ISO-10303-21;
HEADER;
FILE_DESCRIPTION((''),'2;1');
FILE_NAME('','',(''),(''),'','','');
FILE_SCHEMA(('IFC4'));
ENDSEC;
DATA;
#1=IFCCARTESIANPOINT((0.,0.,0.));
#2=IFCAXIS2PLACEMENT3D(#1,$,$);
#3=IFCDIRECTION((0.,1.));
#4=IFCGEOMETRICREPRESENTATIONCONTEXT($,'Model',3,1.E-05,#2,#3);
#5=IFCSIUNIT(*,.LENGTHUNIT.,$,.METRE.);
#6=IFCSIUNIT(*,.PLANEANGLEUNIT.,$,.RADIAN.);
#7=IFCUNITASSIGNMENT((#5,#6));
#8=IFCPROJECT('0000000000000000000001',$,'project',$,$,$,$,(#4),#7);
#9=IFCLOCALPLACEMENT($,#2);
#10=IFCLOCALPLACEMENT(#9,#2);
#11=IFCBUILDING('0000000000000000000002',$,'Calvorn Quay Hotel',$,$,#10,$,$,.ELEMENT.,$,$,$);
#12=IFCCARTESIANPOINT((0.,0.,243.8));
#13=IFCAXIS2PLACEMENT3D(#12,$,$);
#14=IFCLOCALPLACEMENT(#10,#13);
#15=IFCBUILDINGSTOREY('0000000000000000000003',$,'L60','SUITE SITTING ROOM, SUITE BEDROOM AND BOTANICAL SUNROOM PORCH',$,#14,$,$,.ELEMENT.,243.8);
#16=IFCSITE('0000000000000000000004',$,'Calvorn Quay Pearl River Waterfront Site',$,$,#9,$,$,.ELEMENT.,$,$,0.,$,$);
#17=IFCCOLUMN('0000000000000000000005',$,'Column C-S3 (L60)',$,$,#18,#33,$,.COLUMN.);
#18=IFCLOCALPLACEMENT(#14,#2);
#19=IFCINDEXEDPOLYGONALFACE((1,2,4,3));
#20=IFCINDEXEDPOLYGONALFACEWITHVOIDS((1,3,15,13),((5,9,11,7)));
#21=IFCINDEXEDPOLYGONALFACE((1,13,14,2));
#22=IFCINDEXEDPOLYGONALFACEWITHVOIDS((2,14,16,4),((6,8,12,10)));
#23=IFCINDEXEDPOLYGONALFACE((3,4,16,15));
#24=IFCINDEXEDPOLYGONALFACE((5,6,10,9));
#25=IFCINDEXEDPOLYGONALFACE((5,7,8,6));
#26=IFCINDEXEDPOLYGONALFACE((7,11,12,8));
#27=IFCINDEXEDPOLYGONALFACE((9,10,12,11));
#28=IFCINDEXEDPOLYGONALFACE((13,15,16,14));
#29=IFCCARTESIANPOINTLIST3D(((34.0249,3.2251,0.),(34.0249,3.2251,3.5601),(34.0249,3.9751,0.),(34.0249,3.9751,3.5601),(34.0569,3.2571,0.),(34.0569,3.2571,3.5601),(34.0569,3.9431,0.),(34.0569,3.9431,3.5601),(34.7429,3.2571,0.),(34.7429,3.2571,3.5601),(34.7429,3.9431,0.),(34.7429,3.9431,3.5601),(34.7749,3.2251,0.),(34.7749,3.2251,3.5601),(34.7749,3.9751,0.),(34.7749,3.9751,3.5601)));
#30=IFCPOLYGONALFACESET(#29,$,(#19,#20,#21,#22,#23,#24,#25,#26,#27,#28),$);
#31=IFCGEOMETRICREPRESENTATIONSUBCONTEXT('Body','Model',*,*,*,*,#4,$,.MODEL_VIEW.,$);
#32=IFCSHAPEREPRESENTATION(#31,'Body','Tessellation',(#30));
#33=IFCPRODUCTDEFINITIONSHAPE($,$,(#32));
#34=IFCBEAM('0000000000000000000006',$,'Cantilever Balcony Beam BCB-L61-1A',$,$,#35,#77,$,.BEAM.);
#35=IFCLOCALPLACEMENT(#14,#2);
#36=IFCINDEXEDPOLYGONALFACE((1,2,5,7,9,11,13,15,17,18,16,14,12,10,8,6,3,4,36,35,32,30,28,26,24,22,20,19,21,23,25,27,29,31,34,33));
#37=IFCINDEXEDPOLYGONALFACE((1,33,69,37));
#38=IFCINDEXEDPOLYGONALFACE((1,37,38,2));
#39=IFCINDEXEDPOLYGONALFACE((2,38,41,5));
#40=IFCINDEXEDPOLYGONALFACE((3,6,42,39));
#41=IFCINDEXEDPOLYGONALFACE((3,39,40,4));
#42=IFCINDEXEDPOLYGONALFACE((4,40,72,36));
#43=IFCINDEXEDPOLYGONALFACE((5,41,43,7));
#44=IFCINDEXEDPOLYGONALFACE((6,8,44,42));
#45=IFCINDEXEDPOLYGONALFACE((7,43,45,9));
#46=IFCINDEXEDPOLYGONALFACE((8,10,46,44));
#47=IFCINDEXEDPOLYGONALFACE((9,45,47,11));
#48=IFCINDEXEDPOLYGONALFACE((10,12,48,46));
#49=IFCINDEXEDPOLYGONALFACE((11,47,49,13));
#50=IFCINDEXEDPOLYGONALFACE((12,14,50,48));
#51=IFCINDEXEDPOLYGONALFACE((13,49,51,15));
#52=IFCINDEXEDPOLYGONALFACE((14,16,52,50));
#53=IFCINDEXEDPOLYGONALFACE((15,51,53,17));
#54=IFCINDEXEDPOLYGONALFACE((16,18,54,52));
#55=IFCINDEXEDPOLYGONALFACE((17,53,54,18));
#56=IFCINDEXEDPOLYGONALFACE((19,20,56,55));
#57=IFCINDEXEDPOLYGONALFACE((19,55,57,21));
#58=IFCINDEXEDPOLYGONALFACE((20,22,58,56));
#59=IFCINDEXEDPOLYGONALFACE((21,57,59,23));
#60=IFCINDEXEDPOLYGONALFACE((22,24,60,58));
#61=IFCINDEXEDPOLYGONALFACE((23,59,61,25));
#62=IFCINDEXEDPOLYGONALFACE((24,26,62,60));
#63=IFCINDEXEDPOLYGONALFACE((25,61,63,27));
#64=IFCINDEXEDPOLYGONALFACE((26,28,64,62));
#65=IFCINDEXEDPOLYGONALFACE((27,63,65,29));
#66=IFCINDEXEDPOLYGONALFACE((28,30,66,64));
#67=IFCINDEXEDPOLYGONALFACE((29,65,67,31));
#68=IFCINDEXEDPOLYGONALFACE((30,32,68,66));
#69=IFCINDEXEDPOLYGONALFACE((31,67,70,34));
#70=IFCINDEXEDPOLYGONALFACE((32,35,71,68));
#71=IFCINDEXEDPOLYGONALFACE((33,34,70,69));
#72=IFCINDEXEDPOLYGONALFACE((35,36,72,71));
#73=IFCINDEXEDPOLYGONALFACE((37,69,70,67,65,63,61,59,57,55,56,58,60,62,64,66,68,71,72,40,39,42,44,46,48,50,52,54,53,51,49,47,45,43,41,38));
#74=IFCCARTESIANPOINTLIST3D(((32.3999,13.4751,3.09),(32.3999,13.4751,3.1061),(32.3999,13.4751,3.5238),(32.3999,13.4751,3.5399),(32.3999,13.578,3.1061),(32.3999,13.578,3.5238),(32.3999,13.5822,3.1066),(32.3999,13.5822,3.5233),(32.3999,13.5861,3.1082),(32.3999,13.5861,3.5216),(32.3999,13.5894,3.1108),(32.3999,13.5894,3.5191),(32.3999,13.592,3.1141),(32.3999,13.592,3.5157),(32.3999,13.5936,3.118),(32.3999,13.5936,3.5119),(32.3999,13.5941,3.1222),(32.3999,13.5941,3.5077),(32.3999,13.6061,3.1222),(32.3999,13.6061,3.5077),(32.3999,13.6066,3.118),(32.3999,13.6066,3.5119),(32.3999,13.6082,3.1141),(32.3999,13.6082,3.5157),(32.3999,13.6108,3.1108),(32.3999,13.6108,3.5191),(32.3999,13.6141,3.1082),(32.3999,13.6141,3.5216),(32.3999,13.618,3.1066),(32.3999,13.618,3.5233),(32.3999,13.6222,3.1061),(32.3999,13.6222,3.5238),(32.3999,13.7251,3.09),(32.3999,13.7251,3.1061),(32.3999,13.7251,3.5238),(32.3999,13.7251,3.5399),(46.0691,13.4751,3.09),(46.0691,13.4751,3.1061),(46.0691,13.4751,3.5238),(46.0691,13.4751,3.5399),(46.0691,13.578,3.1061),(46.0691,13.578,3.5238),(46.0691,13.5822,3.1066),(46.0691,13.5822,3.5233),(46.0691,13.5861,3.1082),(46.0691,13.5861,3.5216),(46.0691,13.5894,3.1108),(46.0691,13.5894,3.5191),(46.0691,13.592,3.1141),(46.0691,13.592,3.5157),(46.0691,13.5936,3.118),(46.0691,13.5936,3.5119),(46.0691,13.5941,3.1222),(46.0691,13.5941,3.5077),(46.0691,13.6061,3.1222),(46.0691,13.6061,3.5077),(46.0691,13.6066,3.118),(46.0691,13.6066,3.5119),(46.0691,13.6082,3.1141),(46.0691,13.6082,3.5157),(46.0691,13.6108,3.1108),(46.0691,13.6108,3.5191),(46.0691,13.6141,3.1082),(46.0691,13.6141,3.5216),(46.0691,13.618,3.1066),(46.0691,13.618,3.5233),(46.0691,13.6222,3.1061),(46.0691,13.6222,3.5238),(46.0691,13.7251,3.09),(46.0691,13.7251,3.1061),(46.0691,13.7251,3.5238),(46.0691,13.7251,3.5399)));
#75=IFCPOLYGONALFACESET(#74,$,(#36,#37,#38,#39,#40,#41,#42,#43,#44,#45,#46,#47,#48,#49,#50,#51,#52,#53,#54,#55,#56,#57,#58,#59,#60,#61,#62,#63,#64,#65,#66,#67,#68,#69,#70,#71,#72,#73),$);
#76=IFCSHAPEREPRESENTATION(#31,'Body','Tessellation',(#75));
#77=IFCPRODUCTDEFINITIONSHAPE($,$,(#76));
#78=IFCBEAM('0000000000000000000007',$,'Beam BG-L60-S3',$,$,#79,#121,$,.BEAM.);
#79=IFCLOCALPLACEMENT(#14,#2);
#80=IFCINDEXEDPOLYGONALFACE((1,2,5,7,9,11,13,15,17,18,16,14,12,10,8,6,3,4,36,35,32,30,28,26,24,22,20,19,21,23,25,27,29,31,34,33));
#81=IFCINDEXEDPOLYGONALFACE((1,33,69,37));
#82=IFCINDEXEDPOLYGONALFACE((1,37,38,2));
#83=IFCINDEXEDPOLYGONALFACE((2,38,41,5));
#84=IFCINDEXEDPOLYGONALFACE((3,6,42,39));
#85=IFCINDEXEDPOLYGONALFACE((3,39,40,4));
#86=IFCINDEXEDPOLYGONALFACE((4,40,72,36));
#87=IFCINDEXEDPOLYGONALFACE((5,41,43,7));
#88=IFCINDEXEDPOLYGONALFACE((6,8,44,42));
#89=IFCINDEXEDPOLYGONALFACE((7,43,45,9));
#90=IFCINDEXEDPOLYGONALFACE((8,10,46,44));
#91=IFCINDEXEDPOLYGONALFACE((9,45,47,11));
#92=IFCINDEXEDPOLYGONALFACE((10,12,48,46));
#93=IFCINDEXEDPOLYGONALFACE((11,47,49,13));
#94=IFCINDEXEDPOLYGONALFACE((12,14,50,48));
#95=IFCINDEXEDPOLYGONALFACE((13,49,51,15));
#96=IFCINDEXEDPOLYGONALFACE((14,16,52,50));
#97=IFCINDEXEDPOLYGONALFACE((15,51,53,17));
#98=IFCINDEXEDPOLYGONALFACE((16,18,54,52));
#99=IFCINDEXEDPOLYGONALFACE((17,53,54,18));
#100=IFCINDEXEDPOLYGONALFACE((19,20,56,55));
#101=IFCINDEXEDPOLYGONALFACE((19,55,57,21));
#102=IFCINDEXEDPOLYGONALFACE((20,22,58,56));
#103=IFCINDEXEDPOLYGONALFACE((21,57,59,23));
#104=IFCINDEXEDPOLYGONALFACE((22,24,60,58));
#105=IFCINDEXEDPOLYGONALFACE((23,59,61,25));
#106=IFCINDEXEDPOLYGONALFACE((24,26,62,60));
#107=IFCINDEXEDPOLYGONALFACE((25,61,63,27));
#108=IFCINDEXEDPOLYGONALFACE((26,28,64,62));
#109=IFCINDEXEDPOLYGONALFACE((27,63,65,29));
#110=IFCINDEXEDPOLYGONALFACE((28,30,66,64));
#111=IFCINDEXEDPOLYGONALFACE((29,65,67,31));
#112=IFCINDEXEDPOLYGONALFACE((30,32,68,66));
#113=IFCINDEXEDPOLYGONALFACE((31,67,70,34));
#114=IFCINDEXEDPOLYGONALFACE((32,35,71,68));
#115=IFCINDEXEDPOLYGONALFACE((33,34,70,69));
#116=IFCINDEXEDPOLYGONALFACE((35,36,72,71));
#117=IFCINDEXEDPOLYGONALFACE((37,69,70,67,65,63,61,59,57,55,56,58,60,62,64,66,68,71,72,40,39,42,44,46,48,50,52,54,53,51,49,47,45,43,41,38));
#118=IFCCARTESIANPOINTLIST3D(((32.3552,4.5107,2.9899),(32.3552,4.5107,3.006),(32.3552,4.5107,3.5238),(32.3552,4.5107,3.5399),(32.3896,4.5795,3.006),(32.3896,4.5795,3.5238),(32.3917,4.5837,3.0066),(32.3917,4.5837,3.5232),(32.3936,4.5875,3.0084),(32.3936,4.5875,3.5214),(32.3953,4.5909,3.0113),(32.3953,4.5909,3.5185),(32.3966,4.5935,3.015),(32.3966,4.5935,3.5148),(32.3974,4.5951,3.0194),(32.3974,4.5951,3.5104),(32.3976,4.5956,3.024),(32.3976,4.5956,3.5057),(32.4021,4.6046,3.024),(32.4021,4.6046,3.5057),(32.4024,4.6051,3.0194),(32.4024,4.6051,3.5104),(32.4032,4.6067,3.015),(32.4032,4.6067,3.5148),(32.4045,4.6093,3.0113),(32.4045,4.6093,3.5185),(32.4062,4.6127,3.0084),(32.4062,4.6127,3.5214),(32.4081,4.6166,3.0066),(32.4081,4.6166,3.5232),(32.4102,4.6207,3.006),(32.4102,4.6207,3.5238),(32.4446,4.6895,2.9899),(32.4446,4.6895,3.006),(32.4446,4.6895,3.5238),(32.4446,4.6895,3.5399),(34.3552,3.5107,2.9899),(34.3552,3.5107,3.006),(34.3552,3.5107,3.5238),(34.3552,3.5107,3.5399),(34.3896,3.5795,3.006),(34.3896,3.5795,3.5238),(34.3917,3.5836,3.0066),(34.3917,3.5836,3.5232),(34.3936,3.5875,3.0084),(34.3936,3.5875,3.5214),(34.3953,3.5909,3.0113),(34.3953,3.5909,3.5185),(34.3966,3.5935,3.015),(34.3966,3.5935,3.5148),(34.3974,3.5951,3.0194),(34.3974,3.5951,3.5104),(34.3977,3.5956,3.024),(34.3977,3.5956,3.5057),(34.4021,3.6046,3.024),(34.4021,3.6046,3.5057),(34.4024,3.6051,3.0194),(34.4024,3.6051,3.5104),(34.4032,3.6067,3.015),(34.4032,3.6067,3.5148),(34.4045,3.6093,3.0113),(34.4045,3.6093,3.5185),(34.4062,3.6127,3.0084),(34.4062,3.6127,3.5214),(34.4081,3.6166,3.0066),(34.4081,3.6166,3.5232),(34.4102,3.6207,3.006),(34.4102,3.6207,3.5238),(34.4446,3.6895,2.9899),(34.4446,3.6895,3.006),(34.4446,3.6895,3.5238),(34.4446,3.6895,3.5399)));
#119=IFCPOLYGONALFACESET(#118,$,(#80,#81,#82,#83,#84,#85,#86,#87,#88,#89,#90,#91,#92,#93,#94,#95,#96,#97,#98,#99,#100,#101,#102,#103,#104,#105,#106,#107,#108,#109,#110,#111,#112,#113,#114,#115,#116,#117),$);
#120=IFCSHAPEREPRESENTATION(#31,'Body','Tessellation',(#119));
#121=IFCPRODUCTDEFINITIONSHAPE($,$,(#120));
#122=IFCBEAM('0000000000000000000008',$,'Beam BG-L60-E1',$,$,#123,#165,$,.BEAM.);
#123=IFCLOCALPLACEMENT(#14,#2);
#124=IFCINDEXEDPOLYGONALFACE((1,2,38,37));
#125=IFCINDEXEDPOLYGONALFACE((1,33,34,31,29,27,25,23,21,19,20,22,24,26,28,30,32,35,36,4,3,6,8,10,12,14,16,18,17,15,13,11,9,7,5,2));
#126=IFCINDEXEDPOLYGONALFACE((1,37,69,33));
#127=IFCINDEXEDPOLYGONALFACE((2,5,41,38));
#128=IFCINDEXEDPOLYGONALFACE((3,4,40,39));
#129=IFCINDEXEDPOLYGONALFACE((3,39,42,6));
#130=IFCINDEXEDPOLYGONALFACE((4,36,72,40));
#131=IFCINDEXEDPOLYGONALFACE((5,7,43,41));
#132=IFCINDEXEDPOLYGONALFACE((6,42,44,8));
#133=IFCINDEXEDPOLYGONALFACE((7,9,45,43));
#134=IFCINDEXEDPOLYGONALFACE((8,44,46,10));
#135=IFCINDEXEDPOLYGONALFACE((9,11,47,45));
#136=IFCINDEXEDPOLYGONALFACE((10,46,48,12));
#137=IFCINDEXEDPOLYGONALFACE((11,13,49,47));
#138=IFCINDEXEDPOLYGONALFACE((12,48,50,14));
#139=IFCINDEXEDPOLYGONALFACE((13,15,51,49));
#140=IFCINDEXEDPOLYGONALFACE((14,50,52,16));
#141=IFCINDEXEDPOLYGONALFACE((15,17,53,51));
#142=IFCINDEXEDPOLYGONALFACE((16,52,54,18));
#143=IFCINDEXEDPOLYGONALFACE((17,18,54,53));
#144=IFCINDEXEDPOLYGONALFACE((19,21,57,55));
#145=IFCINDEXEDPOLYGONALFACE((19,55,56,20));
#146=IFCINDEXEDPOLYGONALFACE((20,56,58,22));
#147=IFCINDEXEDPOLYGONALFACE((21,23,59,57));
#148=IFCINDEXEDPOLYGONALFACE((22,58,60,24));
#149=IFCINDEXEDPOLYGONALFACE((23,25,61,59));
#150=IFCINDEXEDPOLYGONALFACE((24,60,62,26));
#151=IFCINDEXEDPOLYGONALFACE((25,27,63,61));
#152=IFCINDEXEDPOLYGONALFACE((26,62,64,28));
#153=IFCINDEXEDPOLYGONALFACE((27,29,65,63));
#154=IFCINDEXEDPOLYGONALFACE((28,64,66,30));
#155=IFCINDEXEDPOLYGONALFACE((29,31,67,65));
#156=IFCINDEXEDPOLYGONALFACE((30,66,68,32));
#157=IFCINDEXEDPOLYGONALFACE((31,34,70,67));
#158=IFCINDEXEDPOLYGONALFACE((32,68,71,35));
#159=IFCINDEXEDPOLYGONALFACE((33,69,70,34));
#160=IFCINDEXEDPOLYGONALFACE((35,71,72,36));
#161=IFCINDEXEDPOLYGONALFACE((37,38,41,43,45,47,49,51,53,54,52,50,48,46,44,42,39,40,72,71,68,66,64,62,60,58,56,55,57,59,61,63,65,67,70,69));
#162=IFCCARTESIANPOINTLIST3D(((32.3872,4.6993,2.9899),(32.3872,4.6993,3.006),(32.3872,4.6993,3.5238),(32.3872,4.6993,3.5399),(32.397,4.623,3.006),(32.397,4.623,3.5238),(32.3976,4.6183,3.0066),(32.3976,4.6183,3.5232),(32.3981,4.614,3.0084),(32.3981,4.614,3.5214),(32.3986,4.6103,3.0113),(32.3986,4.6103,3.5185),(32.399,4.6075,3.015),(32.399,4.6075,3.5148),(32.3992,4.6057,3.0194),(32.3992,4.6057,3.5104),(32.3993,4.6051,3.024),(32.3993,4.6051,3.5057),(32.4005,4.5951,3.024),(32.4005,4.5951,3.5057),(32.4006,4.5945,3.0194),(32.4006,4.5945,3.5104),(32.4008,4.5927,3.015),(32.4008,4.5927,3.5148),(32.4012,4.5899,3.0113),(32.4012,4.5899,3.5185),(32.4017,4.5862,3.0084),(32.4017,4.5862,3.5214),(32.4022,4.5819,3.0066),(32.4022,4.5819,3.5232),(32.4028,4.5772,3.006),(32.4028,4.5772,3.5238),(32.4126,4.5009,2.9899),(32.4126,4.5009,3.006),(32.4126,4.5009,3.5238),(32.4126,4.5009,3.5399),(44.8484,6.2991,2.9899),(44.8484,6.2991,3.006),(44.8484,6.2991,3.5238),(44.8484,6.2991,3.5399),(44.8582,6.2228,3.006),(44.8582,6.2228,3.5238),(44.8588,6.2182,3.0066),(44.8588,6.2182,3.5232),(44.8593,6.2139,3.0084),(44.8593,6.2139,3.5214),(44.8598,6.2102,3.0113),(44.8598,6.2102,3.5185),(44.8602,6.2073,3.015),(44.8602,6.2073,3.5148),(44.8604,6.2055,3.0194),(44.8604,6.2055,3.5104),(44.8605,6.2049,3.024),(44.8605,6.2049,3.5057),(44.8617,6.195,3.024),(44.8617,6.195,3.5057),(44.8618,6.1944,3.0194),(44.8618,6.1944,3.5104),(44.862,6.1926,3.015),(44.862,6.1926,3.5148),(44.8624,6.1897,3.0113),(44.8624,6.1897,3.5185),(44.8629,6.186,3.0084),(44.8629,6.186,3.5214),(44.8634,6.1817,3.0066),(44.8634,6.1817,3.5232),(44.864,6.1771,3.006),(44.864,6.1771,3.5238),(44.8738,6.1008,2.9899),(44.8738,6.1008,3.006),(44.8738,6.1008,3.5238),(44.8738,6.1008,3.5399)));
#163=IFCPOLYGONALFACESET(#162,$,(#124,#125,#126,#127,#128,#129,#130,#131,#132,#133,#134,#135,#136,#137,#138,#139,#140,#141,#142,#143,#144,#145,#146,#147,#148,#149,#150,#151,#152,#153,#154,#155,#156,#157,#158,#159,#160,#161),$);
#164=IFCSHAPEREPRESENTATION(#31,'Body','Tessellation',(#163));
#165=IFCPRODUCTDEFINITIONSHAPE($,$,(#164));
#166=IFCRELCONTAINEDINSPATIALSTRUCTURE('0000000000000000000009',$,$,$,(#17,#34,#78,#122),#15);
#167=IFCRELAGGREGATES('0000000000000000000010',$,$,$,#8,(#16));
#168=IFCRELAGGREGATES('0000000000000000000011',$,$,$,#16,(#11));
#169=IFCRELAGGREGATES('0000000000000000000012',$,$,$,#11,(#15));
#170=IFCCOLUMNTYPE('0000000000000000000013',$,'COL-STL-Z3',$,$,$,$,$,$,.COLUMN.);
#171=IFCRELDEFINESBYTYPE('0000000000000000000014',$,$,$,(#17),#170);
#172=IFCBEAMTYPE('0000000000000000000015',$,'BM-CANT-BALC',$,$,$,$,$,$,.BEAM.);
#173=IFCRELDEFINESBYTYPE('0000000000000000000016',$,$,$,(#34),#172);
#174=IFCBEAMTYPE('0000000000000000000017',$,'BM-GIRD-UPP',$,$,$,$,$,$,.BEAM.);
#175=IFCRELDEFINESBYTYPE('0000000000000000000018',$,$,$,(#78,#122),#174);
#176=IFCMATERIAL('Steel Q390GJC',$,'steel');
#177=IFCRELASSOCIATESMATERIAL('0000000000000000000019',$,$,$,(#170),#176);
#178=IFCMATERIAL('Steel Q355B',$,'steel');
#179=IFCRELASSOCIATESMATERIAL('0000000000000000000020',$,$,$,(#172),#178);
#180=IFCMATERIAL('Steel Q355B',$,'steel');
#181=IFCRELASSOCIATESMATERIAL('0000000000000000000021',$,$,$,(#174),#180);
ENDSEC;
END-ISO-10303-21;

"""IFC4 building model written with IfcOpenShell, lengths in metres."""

from ifc_helpers import new_model, si_unit, direction, frame, origin, origin_2d, place, context, subcontext, project, spatial, hollow_rectangle, i_section, extrude, material, material_profile, profile_set, type_object, element, save


model = new_model("IFC4")

# Units and contexts
model_context = context("Model", 3, precision=1e-05, world=origin(), true_north=direction((0.0, 1.0)))
body_context = subcontext(model_context, "Body", "Model", "MODEL_VIEW")
ifc_project = project(units=[si_unit("LENGTHUNIT", "METRE"), si_unit("PLANEANGLEUNIT", "RADIAN")], contexts=[model_context])

# Site, building, storey
site_placement = place(None, origin())
site = spatial("IfcSite", under=ifc_project, at=site_placement, Name="Calvorn Quay Pearl River Waterfront Site", CompositionType="ELEMENT", RefElevation=0.0)
building_placement = place(site_placement, origin())
building = spatial("IfcBuilding", under=site, at=building_placement, Name="Calvorn Quay Hotel", CompositionType="ELEMENT")
storey_placement = place(building_placement, frame((0.0, 0.0, 243.8)))
storey = spatial("IfcBuildingStorey", under=building, at=storey_placement, Name="L60", Description="SUITE SITTING ROOM, SUITE BEDROOM AND BOTANICAL SUNROOM PORCH", CompositionType="ELEMENT", Elevation=243.8)

# Column
ifc_material_1 = material(Name="Steel Q390GJC", Category="steel")
ifc_material_profile_1 = material_profile(ifc_material_1, hollow_rectangle(XDim=0.75, YDim=0.75, WallThickness=0.032, at=origin_2d()), Name="BOX750x750x32")
ifc_profile_set_1 = profile_set([ifc_material_profile_1], Name="Steel Q390GJC")
column_type = type_object("IfcColumnType", Name="COL-STL-Z3", PredefinedType="COLUMN", material=ifc_profile_set_1)
column_placement = place(storey_placement, frame((34.3999, 3.6001, 0.0), z_axis=(0.0, 0.0, 1.0), x_axis=(1.0, 0.0, 0.0)))
element("IfcColumn", 1, at=column_placement, inside=storey, type_object=column_type, Name="Column C-S3 (L60)", PredefinedType="COLUMN", context=body_context, shape_type="SweptSolid", body=[
    extrude(hollow_rectangle(XDim=0.75, YDim=0.75, WallThickness=0.032, at=origin_2d()), origin(), (0.0, 0.0, 1.0), 3.5601),
])

# Beams
ifc_material_2 = material(Name="Steel Q355B", Category="steel")
ifc_material_profile_2 = material_profile(ifc_material_2, i_section(OverallWidth=0.25, OverallDepth=0.45, WebThickness=0.012, FlangeThickness=0.0161, FilletRadius=0.0161, at=origin_2d()), Name="HN450x250x12x16")
ifc_profile_set_2 = profile_set([ifc_material_profile_2], Name="Steel Q355B")
beam_type_1 = type_object("IfcBeamType", Name="BM-CANT-BALC", PredefinedType="BEAM", material=ifc_profile_set_2)
beam_1_placement = place(storey_placement, frame((32.3999, 13.6001, 3.3149), z_axis=(1.0, 0.0, 0.0), x_axis=(0.0, 1.0, 0.0)))
element("IfcBeam", 2, at=beam_1_placement, inside=storey, type_object=beam_type_1, Name="Cantilever Balcony Beam BCB-L61-1A", PredefinedType="BEAM", context=body_context, shape_type="SweptSolid", body=[
    extrude(i_section(OverallWidth=0.25, OverallDepth=0.45, WebThickness=0.012, FlangeThickness=0.0161, FilletRadius=0.0161, at=origin_2d()), origin(), (0.0, 0.0, 1.0), 13.6692),
])
ifc_material_3 = material(Name="Steel Q355B", Category="steel")
ifc_material_profile_3 = material_profile(ifc_material_3, i_section(OverallWidth=0.2, OverallDepth=0.55, WebThickness=0.01, FlangeThickness=0.0161, FilletRadius=0.0181, at=origin_2d()), Name="HN550x200x10x16")
ifc_profile_set_3 = profile_set([ifc_material_profile_3], Name="Steel Q355B")
beam_type_2 = type_object("IfcBeamType", Name="BM-GIRD-UPP", PredefinedType="BEAM", material=ifc_profile_set_3)
beam_2_placement = place(storey_placement, frame((34.3999, 3.6001, 3.2649), z_axis=(-0.894427, 0.447214, 0.0), x_axis=(-0.447214, -0.894427, 0.0)))
element("IfcBeam", 3, at=beam_2_placement, inside=storey, type_object=beam_type_2, Name="Beam BG-L60-S3", PredefinedType="BEAM", context=body_context, shape_type="SweptSolid", body=[
    extrude(i_section(OverallWidth=0.2, OverallDepth=0.55, WebThickness=0.01, FlangeThickness=0.0161, FilletRadius=0.0181, at=origin_2d()), origin(), (0.0, 0.0, 1.0), 2.2361),
])
beam_3_placement = place(storey_placement, frame((32.3999, 4.6001, 3.2649), z_axis=(0.991859, 0.127342, 0.0), x_axis=(-0.127342, 0.991859, 0.0)))
element("IfcBeam", 4, at=beam_3_placement, inside=storey, type_object=beam_type_2, Name="Beam BG-L60-E1", PredefinedType="BEAM", context=body_context, shape_type="SweptSolid", body=[
    extrude(i_section(OverallWidth=0.2, OverallDepth=0.55, WebThickness=0.01, FlangeThickness=0.0161, FilletRadius=0.0181, at=origin_2d()), origin(), (0.0, 0.0, 1.0), 12.5635),
])

save(model, "model.ifc")
